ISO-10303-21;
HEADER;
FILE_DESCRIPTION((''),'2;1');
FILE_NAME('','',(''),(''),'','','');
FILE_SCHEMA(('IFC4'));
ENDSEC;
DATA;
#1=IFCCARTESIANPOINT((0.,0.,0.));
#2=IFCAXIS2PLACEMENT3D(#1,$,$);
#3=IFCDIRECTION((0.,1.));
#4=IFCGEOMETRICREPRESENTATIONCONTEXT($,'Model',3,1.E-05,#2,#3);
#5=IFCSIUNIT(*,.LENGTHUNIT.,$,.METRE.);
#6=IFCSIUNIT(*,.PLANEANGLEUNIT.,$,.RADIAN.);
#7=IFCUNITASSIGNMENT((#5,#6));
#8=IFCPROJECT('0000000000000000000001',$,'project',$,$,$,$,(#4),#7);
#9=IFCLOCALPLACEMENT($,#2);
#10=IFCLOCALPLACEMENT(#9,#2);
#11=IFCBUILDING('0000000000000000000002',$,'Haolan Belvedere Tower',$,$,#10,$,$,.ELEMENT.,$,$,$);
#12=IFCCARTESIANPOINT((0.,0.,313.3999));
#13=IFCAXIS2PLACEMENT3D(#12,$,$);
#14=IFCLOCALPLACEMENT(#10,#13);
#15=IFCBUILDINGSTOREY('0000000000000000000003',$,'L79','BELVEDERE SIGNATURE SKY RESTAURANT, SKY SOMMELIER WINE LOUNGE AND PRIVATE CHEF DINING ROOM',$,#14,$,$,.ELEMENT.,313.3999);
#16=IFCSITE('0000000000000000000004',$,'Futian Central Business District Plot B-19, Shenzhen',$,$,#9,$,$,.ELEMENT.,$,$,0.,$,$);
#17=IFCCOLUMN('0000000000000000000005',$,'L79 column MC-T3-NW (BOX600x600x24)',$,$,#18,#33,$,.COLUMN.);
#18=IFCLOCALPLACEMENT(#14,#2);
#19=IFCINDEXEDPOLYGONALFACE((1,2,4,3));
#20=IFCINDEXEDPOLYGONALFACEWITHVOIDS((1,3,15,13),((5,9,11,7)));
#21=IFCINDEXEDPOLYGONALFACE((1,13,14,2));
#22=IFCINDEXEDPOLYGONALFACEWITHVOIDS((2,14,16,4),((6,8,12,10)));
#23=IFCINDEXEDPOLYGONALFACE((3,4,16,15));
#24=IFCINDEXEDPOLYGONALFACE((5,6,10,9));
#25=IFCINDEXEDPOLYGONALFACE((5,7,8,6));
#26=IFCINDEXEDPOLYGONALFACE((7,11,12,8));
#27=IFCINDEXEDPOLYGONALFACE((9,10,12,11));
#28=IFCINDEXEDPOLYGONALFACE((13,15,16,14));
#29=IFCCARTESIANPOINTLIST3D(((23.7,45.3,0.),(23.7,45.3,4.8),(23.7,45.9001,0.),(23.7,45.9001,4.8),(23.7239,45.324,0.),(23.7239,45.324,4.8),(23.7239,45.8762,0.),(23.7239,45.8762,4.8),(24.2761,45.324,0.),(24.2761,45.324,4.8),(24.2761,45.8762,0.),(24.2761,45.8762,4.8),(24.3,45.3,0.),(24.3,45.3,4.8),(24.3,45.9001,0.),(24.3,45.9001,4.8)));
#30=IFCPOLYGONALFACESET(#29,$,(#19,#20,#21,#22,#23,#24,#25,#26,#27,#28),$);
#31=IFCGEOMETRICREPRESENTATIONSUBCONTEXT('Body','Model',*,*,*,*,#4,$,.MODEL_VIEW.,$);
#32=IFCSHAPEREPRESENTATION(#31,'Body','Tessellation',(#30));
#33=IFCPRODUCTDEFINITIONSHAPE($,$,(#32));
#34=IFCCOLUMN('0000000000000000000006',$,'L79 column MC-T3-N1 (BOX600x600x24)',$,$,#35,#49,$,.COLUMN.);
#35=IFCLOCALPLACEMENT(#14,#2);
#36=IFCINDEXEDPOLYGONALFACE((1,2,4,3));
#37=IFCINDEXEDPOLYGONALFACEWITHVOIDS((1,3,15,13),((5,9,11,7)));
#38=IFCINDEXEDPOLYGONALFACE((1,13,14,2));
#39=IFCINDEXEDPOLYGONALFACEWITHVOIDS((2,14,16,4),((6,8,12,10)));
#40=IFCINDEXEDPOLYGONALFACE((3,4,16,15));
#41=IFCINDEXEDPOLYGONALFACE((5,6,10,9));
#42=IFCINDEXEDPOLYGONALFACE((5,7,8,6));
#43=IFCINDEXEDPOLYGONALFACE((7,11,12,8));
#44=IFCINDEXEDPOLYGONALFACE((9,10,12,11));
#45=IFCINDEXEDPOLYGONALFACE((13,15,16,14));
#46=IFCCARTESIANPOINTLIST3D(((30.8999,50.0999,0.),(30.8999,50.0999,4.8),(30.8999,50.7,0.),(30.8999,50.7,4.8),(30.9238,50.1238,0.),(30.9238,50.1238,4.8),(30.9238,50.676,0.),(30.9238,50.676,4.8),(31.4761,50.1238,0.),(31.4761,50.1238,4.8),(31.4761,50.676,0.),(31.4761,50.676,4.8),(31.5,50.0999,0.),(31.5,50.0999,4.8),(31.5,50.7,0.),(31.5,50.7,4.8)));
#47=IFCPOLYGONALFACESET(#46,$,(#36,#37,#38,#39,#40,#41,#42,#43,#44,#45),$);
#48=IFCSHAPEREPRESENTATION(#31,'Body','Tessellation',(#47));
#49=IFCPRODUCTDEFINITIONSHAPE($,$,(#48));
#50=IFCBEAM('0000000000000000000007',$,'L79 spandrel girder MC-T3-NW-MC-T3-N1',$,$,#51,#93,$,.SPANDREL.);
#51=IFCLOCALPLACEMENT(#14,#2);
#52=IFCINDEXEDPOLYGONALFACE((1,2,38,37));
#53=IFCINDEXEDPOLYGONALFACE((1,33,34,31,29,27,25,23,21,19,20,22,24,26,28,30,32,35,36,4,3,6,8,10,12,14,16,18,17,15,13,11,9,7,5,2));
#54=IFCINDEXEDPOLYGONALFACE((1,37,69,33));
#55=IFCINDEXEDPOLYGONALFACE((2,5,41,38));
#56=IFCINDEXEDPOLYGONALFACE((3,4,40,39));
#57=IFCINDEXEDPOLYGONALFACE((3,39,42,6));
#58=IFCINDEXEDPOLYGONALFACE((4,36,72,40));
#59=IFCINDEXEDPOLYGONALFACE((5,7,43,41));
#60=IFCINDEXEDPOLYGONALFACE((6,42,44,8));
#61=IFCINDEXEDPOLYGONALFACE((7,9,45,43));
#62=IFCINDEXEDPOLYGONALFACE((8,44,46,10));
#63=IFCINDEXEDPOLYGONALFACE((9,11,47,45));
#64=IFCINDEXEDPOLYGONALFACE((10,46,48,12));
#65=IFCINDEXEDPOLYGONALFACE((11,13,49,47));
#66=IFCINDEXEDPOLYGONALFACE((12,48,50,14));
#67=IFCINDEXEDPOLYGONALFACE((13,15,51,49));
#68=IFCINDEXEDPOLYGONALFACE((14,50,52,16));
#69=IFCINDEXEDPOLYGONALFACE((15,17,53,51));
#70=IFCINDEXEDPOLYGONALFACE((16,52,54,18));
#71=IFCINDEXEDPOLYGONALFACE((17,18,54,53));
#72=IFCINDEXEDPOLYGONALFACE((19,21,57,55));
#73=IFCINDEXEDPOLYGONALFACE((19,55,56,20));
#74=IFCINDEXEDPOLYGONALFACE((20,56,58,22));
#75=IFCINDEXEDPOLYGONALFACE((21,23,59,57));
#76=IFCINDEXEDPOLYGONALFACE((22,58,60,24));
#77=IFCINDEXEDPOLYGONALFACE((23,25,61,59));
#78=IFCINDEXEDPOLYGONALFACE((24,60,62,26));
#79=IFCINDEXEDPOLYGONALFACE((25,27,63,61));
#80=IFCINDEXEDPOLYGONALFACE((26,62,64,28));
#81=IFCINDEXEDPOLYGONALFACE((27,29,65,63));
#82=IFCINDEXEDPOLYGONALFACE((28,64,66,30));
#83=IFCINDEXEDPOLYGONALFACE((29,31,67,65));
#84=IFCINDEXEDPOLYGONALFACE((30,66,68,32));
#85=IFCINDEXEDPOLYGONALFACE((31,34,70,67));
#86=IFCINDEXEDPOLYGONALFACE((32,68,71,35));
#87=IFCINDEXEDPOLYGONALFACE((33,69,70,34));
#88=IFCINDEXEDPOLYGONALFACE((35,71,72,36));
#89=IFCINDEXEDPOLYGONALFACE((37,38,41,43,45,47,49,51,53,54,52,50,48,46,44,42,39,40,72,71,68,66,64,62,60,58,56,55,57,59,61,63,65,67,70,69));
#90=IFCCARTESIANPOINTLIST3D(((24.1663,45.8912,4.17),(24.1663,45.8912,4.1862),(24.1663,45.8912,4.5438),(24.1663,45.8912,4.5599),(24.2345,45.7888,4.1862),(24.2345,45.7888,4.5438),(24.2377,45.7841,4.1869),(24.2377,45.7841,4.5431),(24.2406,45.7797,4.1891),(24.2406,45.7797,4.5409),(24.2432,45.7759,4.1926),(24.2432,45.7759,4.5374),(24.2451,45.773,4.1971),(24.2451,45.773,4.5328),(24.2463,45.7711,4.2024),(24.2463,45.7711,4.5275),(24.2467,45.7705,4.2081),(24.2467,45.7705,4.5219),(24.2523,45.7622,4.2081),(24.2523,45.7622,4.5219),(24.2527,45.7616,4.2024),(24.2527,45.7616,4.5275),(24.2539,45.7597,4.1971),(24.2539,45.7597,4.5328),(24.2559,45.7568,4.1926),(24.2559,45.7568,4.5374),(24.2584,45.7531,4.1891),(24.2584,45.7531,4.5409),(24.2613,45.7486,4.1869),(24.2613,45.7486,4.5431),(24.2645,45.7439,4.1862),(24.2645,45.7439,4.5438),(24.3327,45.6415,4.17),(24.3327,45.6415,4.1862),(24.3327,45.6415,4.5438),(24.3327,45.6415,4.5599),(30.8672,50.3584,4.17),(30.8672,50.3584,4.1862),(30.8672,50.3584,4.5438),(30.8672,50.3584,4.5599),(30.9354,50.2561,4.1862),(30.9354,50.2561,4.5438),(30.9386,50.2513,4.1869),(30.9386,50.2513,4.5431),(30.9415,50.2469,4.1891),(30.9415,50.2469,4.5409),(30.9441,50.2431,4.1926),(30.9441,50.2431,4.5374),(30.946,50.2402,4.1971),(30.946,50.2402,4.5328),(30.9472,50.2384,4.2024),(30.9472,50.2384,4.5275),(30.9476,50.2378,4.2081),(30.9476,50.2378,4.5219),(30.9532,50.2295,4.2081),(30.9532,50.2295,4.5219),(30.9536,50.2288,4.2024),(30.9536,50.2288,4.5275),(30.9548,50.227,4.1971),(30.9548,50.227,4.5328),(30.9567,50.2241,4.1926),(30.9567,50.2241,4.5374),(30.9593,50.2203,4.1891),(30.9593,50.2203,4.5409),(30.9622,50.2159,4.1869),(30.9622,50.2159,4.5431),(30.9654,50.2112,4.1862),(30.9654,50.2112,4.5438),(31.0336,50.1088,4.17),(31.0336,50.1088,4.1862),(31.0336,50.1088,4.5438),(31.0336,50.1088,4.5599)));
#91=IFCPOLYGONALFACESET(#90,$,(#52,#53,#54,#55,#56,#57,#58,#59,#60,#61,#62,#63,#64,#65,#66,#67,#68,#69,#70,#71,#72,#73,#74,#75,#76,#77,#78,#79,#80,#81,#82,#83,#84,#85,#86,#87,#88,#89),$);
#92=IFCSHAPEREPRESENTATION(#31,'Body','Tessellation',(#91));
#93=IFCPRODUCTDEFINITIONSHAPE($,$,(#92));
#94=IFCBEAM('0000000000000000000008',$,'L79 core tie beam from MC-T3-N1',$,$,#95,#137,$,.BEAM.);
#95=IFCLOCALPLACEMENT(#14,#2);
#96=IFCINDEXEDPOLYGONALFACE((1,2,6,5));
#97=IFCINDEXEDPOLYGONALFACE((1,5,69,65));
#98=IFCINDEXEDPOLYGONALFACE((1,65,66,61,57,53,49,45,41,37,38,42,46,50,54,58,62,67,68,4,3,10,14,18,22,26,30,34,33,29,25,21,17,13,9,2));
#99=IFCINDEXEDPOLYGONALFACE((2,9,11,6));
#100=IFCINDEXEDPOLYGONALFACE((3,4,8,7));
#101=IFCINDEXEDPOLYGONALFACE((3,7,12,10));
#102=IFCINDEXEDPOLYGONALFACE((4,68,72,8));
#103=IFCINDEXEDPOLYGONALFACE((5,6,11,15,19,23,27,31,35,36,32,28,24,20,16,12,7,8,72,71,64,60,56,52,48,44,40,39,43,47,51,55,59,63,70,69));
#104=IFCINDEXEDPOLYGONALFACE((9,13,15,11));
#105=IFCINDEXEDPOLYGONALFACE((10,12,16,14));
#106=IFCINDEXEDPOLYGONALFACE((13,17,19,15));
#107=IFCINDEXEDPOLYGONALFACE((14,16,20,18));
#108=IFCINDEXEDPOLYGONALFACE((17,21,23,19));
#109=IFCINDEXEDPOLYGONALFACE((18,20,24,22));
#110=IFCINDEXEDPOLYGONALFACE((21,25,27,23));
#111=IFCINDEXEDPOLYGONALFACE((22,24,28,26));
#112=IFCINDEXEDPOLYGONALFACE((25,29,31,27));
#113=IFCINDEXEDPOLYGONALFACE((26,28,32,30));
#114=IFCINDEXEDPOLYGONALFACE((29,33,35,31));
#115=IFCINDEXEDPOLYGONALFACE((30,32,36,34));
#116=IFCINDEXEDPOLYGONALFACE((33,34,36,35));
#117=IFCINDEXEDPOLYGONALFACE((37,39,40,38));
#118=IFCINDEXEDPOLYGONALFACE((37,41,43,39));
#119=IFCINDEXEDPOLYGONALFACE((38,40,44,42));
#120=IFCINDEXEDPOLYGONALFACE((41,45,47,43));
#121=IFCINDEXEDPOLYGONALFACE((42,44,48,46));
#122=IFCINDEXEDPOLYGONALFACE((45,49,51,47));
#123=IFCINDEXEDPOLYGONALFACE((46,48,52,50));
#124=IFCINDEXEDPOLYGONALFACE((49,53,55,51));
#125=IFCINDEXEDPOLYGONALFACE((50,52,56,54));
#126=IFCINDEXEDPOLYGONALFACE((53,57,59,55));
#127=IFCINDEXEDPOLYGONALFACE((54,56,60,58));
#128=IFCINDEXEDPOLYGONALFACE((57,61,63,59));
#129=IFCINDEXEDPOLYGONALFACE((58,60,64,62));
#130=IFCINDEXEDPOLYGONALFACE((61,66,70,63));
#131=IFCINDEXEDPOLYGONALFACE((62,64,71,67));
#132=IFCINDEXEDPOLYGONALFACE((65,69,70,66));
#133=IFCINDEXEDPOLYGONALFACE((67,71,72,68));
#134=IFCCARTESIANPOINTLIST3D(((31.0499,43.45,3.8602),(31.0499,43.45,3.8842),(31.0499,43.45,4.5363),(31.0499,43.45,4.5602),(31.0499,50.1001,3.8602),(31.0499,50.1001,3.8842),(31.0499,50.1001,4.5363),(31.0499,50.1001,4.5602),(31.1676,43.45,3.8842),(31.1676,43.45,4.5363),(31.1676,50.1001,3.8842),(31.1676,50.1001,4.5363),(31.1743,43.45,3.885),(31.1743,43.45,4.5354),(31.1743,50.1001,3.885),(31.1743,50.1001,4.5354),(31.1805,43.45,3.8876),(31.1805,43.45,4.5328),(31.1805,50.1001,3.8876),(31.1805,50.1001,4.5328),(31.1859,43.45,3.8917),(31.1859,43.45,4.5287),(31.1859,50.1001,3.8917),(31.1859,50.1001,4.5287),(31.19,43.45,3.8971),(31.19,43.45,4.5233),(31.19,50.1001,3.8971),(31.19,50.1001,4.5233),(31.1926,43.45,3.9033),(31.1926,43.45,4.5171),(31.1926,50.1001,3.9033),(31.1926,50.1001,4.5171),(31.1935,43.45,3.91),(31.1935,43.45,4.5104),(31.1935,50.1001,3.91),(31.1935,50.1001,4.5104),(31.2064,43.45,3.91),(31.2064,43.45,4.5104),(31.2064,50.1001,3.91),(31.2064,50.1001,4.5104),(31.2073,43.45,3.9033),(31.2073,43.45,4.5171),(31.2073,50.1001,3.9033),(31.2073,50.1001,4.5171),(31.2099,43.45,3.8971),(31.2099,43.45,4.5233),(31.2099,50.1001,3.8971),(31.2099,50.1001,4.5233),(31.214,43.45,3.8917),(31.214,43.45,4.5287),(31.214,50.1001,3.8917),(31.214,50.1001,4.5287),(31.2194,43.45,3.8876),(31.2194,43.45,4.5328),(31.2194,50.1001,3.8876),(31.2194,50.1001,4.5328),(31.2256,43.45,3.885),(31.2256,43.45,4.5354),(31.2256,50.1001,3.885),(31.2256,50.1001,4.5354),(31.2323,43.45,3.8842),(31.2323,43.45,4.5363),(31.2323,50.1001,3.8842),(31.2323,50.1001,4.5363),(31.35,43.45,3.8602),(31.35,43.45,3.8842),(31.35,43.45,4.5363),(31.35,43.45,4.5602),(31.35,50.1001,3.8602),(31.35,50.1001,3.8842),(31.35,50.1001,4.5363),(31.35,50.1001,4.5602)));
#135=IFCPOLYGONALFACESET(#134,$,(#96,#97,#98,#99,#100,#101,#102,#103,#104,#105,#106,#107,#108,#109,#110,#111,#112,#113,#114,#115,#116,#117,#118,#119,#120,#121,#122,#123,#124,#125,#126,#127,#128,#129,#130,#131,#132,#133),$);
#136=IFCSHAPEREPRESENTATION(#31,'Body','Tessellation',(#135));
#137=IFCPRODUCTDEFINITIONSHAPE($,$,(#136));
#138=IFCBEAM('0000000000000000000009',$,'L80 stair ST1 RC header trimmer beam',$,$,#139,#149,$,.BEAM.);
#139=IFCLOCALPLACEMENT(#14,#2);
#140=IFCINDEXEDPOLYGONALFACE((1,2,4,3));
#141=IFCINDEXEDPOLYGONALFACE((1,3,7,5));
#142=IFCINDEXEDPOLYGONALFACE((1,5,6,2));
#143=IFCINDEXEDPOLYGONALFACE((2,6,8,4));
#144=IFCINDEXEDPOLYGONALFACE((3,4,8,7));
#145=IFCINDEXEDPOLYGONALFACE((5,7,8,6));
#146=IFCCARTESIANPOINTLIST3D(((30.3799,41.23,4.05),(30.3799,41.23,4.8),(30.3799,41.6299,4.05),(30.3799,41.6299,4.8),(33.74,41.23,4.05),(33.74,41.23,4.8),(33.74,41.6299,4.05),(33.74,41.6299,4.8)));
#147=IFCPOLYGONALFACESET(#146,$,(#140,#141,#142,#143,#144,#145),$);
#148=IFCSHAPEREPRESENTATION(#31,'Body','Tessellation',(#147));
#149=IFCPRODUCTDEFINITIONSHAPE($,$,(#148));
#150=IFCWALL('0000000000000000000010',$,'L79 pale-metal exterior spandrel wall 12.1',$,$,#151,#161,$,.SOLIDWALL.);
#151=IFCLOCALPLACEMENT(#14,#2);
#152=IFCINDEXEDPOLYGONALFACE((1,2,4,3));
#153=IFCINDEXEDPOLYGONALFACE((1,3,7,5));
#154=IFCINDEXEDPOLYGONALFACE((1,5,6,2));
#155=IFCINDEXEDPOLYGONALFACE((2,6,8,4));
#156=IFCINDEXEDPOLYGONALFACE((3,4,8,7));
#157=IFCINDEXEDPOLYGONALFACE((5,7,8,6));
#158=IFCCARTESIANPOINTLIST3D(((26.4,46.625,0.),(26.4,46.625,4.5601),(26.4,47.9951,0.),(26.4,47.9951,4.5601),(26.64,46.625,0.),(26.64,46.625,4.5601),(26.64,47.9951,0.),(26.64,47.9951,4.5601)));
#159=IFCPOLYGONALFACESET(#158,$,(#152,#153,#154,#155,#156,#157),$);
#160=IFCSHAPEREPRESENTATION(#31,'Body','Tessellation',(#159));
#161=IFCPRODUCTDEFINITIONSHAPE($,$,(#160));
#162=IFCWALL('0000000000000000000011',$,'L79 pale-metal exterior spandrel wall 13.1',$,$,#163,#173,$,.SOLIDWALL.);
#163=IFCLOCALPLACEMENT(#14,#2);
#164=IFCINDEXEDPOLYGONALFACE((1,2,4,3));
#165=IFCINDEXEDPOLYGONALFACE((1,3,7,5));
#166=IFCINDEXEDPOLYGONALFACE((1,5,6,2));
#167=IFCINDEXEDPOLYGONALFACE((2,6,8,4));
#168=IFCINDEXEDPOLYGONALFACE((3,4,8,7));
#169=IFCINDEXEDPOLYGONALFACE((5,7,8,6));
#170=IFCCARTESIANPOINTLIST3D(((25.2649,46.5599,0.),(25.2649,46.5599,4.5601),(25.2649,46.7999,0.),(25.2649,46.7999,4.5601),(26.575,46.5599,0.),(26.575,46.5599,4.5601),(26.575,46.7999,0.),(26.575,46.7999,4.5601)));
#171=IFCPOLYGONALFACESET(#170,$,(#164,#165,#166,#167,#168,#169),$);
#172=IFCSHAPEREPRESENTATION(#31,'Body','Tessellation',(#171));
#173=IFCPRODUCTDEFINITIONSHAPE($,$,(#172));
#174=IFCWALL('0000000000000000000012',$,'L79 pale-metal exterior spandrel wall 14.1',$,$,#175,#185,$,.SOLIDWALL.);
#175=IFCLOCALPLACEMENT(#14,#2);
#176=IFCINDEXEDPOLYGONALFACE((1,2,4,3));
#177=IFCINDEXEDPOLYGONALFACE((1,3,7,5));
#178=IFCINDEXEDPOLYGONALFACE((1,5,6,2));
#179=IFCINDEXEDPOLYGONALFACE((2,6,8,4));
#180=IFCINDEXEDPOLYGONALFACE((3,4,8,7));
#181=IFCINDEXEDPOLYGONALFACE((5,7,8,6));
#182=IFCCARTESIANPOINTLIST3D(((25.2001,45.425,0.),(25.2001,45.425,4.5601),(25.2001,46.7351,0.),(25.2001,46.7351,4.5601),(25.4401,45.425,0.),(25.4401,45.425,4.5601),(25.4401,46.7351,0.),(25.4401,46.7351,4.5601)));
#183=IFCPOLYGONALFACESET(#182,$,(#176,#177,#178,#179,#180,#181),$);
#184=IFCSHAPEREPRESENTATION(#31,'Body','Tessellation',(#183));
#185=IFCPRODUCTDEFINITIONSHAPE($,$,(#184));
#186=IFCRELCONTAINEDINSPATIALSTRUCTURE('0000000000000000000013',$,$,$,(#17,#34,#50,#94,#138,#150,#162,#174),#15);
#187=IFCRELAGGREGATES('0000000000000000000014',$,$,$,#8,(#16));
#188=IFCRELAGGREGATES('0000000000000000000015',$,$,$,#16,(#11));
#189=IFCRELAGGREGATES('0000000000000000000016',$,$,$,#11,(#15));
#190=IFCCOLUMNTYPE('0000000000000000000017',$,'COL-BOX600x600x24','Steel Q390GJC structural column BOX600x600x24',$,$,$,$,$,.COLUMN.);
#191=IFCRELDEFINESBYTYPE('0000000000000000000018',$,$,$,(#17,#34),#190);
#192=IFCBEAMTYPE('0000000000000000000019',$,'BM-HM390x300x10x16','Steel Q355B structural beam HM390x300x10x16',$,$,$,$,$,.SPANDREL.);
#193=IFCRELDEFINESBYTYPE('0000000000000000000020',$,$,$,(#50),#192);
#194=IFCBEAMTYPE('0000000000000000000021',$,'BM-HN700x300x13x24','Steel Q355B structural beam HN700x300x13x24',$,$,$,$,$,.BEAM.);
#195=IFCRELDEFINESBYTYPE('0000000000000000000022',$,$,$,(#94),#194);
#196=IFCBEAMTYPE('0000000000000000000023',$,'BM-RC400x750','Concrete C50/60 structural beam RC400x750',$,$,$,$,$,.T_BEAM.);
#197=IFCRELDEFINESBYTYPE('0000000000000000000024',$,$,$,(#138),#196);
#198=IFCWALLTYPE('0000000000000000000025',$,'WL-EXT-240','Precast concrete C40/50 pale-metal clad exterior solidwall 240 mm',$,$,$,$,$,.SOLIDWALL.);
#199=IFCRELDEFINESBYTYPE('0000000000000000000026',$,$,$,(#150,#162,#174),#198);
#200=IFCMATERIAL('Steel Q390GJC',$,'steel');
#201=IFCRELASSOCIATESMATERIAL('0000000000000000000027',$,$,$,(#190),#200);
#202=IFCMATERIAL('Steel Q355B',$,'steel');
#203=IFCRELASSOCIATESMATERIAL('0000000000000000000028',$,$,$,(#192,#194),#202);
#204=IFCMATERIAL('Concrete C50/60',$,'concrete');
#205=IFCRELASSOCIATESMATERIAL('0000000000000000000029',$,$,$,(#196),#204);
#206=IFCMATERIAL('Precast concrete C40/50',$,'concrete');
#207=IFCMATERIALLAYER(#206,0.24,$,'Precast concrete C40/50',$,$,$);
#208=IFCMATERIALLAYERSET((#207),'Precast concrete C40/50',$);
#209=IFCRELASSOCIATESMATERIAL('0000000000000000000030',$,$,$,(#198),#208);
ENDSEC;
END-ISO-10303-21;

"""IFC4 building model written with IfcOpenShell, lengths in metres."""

from ifc_helpers import new_model, si_unit, direction, frame, frame_2d, origin, origin_2d, place, context, subcontext, project, spatial, rectangle, hollow_rectangle, i_section, extrude, material, layer, layer_set, material_profile, profile_set, type_object, element, save


model = new_model("IFC4")

# Units and contexts
model_context = context("Model", 3, precision=1e-05, world=origin(), true_north=direction((0.0, 1.0)))
body_context = subcontext(model_context, "Body", "Model", "MODEL_VIEW")
ifc_project = project(units=[si_unit("LENGTHUNIT", "METRE"), si_unit("PLANEANGLEUNIT", "RADIAN")], contexts=[model_context])

# Site, building, storey
site_placement = place(None, origin())
site = spatial("IfcSite", under=ifc_project, at=site_placement, Name="Futian Central Business District Plot B-19, Shenzhen", CompositionType="ELEMENT", RefElevation=0.0)
building_placement = place(site_placement, origin())
building = spatial("IfcBuilding", under=site, at=building_placement, Name="Haolan Belvedere Tower", CompositionType="ELEMENT")
storey_placement = place(building_placement, frame((0.0, 0.0, 313.3999)))
storey = spatial("IfcBuildingStorey", under=building, at=storey_placement, Name="L79", Description="BELVEDERE SIGNATURE SKY RESTAURANT, SKY SOMMELIER WINE LOUNGE AND PRIVATE CHEF DINING ROOM", CompositionType="ELEMENT", Elevation=313.3999)

# Columns
ifc_material_1 = material(Name="Steel Q390GJC", Category="steel")
ifc_material_profile_1 = material_profile(ifc_material_1, hollow_rectangle(XDim=0.6001, YDim=0.6001, WallThickness=0.0239, at=origin_2d()), Name="Steel Q390GJC")
ifc_profile_set_1 = profile_set([ifc_material_profile_1], Name="Steel Q390GJC")
column_type = type_object("IfcColumnType", Name="COL-BOX600x600x24", Description="Steel Q390GJC structural column BOX600x600x24", PredefinedType="COLUMN", material=ifc_profile_set_1)
for number, where, z_axis, x_axis, name in (
    (1, (24.0, 45.6001, 0.0), (0.0, 0.0, 1.0), (1.0, 0.0, 0.0), "L79 column MC-T3-NW (BOX600x600x24)"),
    (2, (31.2, 50.3999, 0.0), (0.0, 0.0, 1.0), (1.0, 0.0, 0.0), "L79 column MC-T3-N1 (BOX600x600x24)"),
):
    element("IfcColumn", number, at=place(storey_placement, frame(where, z_axis=z_axis, x_axis=x_axis)), inside=storey, type_object=column_type, Name=name, PredefinedType="COLUMN", context=body_context, shape_type="SweptSolid", body=[
        extrude(hollow_rectangle(XDim=0.6001, YDim=0.6001, WallThickness=0.0239, at=origin_2d()), origin(), (0.0, 0.0, 1.0), 4.8),
    ])

# Beams
ifc_material_2 = material(Name="Steel Q355B", Category="steel")
ifc_material_profile_2 = material_profile(ifc_material_2, i_section(OverallWidth=0.3, OverallDepth=0.3899, WebThickness=0.01, FlangeThickness=0.0161, FilletRadius=0.022, at=origin_2d()), Name="Steel Q355B")
ifc_profile_set_2 = profile_set([ifc_material_profile_2], Name="Steel Q355B")
beam_type_1 = type_object("IfcBeamType", Name="BM-HM390x300x10x16", Description="Steel Q355B structural beam HM390x300x10x16", PredefinedType="SPANDREL", material=ifc_profile_set_2)
beam_1_placement = place(storey_placement, frame((24.2495, 45.7664, 4.365), z_axis=(0.83205, 0.5547, 0.0), x_axis=(-0.5547, 0.83205, 0.0)))
element("IfcBeam", 3, at=beam_1_placement, inside=storey, type_object=beam_type_1, Name="L79 spandrel girder MC-T3-NW-MC-T3-N1", PredefinedType="SPANDREL", context=body_context, shape_type="SweptSolid", body=[
    extrude(i_section(OverallWidth=0.3, OverallDepth=0.3899, WebThickness=0.01, FlangeThickness=0.0161, FilletRadius=0.022, at=origin_2d()), origin(), (0.0, 0.0, 1.0), 8.0535),
])
ifc_material_profile_3 = material_profile(ifc_material_2, i_section(OverallWidth=0.3, OverallDepth=0.7, WebThickness=0.0129, FlangeThickness=0.0239, FilletRadius=0.0259, at=origin_2d()), Name="Steel Q355B")
ifc_profile_set_3 = profile_set([ifc_material_profile_3], Name="Steel Q355B")
beam_type_2 = type_object("IfcBeamType", Name="BM-HN700x300x13x24", Description="Steel Q355B structural beam HN700x300x13x24", PredefinedType="BEAM", material=ifc_profile_set_3)
beam_2_placement = place(storey_placement, frame((31.2, 50.1001, 4.2102), z_axis=(0.0, -1.0, 0.0), x_axis=(1.0, 0.0, 0.0)))
element("IfcBeam", 4, at=beam_2_placement, inside=storey, type_object=beam_type_2, Name="L79 core tie beam from MC-T3-N1", PredefinedType="BEAM", context=body_context, shape_type="SweptSolid", body=[
    extrude(i_section(OverallWidth=0.3, OverallDepth=0.7, WebThickness=0.0129, FlangeThickness=0.0239, FilletRadius=0.0259, at=origin_2d()), origin(), (0.0, 0.0, 1.0), 6.6501),
])
ifc_material_3 = material(Name="Concrete C50/60", Category="concrete")
ifc_material_profile_4 = material_profile(ifc_material_3, rectangle(XDim=0.3999, YDim=0.75, at=origin_2d()), Name="Concrete C50/60")
ifc_profile_set_4 = profile_set([ifc_material_profile_4], Name="Concrete C50/60")
beam_type_3 = type_object("IfcBeamType", Name="BM-RC400x750", Description="Concrete C50/60 structural beam RC400x750", PredefinedType="T_BEAM", material=ifc_profile_set_4)
beam_3_placement = place(storey_placement, frame((30.3799, 41.4299, 4.425), z_axis=(1.0, 0.0, 0.0), x_axis=(0.0, 1.0, 0.0)))
element("IfcBeam", 5, at=beam_3_placement, inside=storey, type_object=beam_type_3, Name="L80 stair ST1 RC header trimmer beam", PredefinedType="BEAM", context=body_context, shape_type="SweptSolid", body=[
    extrude(rectangle(XDim=0.3999, YDim=0.75, at=origin_2d()), origin(), (0.0, 0.0, 1.0), 3.3601),
])

# Walls
ifc_material_4 = material(Name="Precast concrete C40/50", Category="concrete")
ifc_layer_1 = layer(ifc_material_4, 0.24, Name="Precast concrete C40/50")
ifc_layer_set_1 = layer_set([ifc_layer_1], Name="Precast concrete C40/50")
wall_type_1 = type_object("IfcWallType", Name="WL-EXT-240", Description="Precast concrete C40/50 pale-metal clad exterior solidwall 240 mm", PredefinedType="SOLIDWALL", material=ifc_layer_set_1)
wall_1_placement = place(storey_placement, frame((26.52, 47.9951, 0.0), z_axis=(0.0, 0.0, 1.0), x_axis=(0.0, -1.0, 0.0)))
element("IfcWall", 6, at=wall_1_placement, inside=storey, type_object=wall_type_1, Name="L79 pale-metal exterior spandrel wall 12.1", PredefinedType="SOLIDWALL", context=body_context, shape_type="SweptSolid", body=[
    extrude(rectangle(XDim=1.3701, YDim=0.24, at=frame_2d((0.6851, 0.0))), origin(), (0.0, 0.0, 1.0), 4.5601),
])
for number, where, z_axis, x_axis, name in (
    (7, (26.575, 46.6799, 0.0), (0.0, 0.0, 1.0), (-1.0, 0.0, 0.0), "L79 pale-metal exterior spandrel wall 13.1"),
    (8, (25.3201, 46.7351, 0.0), (0.0, 0.0, 1.0), (0.0, -1.0, 0.0), "L79 pale-metal exterior spandrel wall 14.1"),
):
    element("IfcWall", number, at=place(storey_placement, frame(where, z_axis=z_axis, x_axis=x_axis)), inside=storey, type_object=wall_type_1, Name=name, PredefinedType="SOLIDWALL", context=body_context, shape_type="SweptSolid", body=[
        extrude(rectangle(XDim=1.3101, YDim=0.24, at=frame_2d((0.655, 0.0))), origin(), (0.0, 0.0, 1.0), 4.5601),
    ])

save(model, "model.ifc")
